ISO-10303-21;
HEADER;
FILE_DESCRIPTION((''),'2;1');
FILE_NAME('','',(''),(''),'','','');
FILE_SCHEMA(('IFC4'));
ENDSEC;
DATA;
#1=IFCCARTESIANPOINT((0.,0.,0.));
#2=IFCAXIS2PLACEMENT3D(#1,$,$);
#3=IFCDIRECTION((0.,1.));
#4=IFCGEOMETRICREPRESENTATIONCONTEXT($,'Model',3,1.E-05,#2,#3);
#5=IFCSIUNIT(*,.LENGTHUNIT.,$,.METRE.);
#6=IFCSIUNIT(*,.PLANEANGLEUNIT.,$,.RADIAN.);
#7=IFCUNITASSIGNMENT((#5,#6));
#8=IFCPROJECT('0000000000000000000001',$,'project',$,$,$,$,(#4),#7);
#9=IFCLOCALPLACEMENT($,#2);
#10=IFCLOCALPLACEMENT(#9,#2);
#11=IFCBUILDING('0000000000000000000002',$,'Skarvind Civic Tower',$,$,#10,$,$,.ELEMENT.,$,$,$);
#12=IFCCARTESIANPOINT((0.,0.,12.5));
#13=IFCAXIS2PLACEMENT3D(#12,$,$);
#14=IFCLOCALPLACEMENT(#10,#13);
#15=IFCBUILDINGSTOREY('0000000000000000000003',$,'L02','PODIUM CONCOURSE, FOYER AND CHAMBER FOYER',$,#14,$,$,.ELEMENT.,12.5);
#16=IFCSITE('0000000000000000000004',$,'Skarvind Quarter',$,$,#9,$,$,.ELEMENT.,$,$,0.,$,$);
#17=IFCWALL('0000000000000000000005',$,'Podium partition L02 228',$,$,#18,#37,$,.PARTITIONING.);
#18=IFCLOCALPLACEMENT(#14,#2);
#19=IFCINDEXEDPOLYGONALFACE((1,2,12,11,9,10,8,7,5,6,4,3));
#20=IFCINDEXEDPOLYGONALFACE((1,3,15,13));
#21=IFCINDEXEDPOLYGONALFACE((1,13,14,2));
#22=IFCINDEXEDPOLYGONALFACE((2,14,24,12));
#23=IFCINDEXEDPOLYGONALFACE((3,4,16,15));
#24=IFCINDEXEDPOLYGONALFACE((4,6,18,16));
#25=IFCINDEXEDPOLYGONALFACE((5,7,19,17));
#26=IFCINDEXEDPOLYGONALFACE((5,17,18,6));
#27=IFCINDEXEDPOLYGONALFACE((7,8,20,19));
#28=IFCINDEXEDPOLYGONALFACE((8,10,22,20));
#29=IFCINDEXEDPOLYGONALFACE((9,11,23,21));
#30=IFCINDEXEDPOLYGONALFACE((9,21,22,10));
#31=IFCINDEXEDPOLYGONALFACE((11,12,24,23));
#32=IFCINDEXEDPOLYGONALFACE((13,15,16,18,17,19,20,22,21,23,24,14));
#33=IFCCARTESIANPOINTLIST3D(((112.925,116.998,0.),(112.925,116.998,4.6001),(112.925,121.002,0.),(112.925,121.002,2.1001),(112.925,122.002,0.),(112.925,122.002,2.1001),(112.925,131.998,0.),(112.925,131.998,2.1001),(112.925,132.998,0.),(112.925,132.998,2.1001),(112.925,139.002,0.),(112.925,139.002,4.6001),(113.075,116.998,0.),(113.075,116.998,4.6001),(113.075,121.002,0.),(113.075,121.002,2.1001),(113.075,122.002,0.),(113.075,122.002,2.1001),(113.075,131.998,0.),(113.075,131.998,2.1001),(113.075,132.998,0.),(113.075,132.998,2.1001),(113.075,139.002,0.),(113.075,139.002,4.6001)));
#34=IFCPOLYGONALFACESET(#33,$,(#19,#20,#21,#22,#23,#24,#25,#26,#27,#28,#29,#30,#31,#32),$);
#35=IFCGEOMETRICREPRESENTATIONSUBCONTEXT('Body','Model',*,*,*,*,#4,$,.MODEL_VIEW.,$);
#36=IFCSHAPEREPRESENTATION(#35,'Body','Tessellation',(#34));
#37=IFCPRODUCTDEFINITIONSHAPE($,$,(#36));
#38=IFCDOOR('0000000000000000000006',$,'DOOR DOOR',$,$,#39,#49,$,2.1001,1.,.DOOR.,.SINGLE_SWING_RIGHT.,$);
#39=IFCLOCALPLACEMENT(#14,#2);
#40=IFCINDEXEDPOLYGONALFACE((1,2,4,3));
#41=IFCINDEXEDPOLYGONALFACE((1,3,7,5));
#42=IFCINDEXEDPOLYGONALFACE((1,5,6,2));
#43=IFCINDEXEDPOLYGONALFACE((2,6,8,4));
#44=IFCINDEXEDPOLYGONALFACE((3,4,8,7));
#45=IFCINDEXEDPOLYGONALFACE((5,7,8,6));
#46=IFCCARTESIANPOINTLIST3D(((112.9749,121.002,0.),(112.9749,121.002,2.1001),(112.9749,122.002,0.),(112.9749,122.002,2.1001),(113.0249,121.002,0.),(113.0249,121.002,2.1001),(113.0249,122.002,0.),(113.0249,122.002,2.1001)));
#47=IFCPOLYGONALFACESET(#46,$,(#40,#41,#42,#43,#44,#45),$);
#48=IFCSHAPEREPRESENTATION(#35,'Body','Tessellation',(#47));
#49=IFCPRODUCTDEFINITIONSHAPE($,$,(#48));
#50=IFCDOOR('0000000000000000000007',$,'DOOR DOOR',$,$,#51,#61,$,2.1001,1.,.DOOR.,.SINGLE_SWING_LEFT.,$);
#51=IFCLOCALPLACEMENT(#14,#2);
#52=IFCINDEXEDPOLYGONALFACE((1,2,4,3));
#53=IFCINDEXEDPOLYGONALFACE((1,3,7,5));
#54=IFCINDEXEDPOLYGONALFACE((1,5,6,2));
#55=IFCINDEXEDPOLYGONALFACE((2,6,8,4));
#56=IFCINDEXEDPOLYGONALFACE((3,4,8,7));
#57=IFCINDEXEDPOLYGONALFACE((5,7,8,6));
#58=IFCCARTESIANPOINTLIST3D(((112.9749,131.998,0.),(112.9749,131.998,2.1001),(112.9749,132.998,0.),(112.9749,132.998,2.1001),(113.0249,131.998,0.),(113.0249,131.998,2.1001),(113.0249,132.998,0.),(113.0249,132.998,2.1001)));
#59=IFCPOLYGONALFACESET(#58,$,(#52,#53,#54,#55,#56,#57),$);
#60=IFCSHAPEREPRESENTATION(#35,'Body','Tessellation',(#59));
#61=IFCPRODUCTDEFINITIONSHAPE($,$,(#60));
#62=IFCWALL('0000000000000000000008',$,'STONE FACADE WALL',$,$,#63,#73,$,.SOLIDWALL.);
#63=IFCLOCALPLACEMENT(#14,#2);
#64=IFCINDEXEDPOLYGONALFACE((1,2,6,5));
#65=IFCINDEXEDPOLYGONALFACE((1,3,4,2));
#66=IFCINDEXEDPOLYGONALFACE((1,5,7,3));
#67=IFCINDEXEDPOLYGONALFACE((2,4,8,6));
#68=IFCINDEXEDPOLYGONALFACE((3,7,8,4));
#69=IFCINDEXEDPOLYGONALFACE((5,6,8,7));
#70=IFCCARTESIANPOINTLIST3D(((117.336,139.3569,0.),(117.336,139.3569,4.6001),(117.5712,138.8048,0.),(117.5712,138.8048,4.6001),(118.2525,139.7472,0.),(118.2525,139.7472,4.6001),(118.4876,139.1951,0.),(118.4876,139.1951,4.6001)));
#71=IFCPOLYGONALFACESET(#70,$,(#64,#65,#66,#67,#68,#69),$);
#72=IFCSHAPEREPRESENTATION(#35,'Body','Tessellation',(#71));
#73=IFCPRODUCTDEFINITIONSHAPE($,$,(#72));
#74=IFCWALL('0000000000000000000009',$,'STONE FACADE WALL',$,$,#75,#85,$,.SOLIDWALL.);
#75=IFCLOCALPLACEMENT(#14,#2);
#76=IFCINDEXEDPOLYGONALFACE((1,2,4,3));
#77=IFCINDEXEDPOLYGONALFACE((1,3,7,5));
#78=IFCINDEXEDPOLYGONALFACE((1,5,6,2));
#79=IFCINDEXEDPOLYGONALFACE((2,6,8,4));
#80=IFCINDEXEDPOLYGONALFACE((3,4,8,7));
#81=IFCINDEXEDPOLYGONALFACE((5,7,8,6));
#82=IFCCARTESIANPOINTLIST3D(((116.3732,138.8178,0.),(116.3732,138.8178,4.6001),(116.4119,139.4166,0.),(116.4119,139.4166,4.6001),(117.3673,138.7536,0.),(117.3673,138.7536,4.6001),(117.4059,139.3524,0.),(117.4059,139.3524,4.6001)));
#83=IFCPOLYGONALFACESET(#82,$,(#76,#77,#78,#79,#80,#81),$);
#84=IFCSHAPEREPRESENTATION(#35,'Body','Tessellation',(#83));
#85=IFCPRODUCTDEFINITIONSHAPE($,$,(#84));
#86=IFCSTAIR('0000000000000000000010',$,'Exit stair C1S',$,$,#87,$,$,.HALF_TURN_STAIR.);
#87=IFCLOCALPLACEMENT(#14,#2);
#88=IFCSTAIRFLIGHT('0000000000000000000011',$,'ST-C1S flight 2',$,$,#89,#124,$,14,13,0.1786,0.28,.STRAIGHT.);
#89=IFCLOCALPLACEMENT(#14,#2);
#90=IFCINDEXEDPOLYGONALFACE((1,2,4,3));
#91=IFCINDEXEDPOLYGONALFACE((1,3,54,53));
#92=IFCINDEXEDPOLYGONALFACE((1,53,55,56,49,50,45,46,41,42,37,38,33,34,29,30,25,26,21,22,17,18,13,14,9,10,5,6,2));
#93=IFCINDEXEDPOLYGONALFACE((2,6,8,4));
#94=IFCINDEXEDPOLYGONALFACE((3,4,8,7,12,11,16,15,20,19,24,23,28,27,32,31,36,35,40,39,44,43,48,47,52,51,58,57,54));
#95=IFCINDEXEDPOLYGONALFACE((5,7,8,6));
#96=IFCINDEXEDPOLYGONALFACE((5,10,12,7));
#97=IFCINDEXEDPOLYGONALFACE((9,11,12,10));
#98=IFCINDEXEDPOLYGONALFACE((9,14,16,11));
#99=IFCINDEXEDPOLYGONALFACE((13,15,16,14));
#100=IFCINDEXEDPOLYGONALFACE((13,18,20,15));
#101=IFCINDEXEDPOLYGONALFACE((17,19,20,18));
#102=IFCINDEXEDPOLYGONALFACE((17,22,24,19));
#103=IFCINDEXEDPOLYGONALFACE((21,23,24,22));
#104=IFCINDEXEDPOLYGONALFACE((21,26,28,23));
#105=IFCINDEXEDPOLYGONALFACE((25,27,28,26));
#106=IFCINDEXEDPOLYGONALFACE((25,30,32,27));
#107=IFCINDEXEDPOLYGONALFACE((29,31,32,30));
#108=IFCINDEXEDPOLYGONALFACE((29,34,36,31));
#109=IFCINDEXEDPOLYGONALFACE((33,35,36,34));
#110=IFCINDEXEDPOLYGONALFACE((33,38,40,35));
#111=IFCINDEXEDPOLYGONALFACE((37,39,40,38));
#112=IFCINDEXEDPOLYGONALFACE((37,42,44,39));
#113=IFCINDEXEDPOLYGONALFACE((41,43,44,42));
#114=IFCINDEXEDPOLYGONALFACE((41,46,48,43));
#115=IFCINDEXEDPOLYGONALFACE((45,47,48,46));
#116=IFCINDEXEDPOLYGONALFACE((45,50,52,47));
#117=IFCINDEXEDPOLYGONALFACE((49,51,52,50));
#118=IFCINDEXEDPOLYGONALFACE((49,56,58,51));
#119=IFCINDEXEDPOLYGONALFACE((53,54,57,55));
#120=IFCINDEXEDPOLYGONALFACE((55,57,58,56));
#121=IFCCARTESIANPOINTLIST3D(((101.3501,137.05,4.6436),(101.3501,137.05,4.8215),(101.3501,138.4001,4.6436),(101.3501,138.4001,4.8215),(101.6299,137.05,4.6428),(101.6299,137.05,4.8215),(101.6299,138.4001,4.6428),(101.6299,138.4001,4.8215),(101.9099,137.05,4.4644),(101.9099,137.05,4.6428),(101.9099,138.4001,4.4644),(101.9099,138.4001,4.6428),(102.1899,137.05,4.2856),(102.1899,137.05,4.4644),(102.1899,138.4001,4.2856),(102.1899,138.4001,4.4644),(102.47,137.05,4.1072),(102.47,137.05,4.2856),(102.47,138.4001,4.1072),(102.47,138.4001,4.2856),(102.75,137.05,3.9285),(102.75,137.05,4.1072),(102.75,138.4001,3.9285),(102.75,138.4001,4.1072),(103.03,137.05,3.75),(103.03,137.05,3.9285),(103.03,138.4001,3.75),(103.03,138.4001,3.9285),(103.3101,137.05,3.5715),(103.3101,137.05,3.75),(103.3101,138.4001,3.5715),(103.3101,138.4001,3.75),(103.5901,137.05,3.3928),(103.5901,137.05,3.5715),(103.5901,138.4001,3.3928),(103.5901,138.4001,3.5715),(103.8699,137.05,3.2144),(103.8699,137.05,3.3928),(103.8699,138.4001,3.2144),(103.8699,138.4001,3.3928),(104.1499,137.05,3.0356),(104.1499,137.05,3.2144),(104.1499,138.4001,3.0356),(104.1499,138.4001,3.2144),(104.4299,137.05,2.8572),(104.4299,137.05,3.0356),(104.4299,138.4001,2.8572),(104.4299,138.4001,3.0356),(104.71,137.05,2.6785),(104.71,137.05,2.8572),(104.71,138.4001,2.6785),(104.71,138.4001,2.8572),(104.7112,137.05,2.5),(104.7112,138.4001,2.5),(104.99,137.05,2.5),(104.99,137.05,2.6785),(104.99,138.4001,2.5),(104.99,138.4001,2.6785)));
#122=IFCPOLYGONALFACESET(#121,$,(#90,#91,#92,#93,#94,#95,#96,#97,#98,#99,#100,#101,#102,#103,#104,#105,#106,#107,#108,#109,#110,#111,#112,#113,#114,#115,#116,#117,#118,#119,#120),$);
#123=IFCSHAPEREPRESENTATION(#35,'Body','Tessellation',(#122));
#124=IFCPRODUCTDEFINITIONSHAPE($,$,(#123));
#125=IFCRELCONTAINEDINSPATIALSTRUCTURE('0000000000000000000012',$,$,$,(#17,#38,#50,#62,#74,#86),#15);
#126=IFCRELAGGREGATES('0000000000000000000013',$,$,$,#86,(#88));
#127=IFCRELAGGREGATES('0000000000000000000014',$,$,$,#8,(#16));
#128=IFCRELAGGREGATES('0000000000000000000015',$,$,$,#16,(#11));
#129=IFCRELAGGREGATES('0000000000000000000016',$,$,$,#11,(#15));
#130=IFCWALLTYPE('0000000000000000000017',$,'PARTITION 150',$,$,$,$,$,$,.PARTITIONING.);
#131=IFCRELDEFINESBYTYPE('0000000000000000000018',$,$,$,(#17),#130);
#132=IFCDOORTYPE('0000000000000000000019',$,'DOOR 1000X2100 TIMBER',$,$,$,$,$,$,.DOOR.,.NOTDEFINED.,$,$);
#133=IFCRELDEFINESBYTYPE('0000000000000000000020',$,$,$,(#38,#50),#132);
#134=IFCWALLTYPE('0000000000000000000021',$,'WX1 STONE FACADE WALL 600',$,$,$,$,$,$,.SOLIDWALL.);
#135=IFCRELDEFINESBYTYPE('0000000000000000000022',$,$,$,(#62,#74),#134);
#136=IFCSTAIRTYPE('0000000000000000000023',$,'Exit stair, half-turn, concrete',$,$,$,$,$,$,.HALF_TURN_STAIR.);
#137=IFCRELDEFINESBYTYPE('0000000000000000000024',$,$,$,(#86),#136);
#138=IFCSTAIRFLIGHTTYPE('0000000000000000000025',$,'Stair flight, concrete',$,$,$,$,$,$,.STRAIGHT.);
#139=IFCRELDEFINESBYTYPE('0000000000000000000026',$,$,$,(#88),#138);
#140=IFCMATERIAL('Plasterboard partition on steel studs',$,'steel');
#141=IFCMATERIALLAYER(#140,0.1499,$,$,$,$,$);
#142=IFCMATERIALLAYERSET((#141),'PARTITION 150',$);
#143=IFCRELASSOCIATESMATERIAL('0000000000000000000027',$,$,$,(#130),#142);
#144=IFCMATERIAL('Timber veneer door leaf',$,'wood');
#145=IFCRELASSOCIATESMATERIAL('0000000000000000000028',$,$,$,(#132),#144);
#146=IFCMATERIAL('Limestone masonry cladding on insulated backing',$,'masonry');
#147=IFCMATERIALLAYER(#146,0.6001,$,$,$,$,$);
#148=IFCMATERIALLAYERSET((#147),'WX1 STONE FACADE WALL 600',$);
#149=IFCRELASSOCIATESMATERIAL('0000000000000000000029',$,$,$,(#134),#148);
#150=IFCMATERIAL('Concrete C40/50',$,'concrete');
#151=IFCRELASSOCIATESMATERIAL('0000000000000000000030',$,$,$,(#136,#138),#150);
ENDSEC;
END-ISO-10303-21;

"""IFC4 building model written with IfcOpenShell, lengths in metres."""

from ifc_helpers import new_model, si_unit, direction, frame, frame_2d, origin, place, context, subcontext, project, spatial, polyline, rectangle, outline, extrude, material, layer, layer_set, type_object, element, fill, aggregate, save


model = new_model("IFC4")

# Units and contexts
model_context = context("Model", 3, precision=1e-05, world=origin(), true_north=direction((0.0, 1.0)))
body_context = subcontext(model_context, "Body", "Model", "MODEL_VIEW")
ifc_project = project(units=[si_unit("LENGTHUNIT", "METRE"), si_unit("PLANEANGLEUNIT", "RADIAN")], contexts=[model_context])

# Site, building, storey
site_placement = place(None, origin())
site = spatial("IfcSite", under=ifc_project, at=site_placement, Name="Skarvind Quarter", CompositionType="ELEMENT", RefElevation=0.0)
building_placement = place(site_placement, origin())
building = spatial("IfcBuilding", under=site, at=building_placement, Name="Skarvind Civic Tower", CompositionType="ELEMENT")
storey_placement = place(building_placement, frame((0.0, 0.0, 12.5)))
storey = spatial("IfcBuildingStorey", under=building, at=storey_placement, Name="L02", Description="PODIUM CONCOURSE, FOYER AND CHAMBER FOYER", CompositionType="ELEMENT", Elevation=12.5)

# Wall, openings, doors
ifc_material_1 = material(Name="Plasterboard partition on steel studs", Category="steel")
ifc_layer_1 = layer(ifc_material_1, 0.1499)
ifc_layer_set_1 = layer_set([ifc_layer_1], Name="PARTITION 150")
wall_type_1 = type_object("IfcWallType", Name="PARTITION 150", PredefinedType="PARTITIONING", material=ifc_layer_set_1)
wall_1_placement = place(storey_placement, frame((113.0, 139.002, 0.0), z_axis=(0.0, 0.0, 1.0), x_axis=(0.0, -1.0, 0.0)))
wall_1 = element("IfcWall", 1, at=wall_1_placement, inside=storey, type_object=wall_type_1, Name="Podium partition L02 228", PredefinedType="PARTITIONING", context=body_context, shape_type="SweptSolid", body=[
    extrude(rectangle(XDim=22.0039, YDim=0.1499, at=frame_2d((11.002, 0.0))), origin(), (0.0, 0.0, 1.0), 4.6001),
])
opening_1_placement = place(wall_1_placement, frame((17.0, 0.0, 0.0)))
opening_1 = element("IfcOpeningElement", 2, at=opening_1_placement, cuts=wall_1, PredefinedType="OPENING", context=body_context, shape_type="SweptSolid", body=[
    extrude(rectangle(XDim=1.0, YDim=2.1001, at=frame_2d((0.5, 1.05))), frame((0.0, 0.085, 0.0), z_axis=(0.0, -1.0, 0.0), x_axis=(1.0, 0.0, 0.0)), (0.0, 0.0, 1.0), 0.1699),
])
opening_2_placement = place(wall_1_placement, frame((6.0039, 0.0, 0.0)))
opening_2 = element("IfcOpeningElement", 3, at=opening_2_placement, cuts=wall_1, PredefinedType="OPENING", context=body_context, shape_type="SweptSolid", body=[
    extrude(rectangle(XDim=1.0, YDim=2.1001, at=frame_2d((0.5, 1.05))), frame((0.0, 0.085, 0.0), z_axis=(0.0, -1.0, 0.0), x_axis=(1.0, 0.0, 0.0)), (0.0, 0.0, 1.0), 0.1699),
])
ifc_material_2 = material(Name="Timber veneer door leaf", Category="wood")
door_type_1 = type_object("IfcDoorType", Name="DOOR 1000X2100 TIMBER", OperationType="NOTDEFINED", PredefinedType="DOOR", material=ifc_material_2)
door_1_placement = place(opening_1_placement, origin())
door_1 = element("IfcDoor", 4, at=door_1_placement, inside=storey, type_object=door_type_1, Name="DOOR DOOR", OperationType="SINGLE_SWING_RIGHT", OverallHeight=2.1001, OverallWidth=1.0, PredefinedType="DOOR", context=body_context, shape_type="SweptSolid", body=[
    extrude(rectangle(XDim=1.0, YDim=2.1001, at=frame_2d((0.5, 1.05))), frame((0.0, 0.0249, 0.0), z_axis=(0.0, -1.0, 0.0), x_axis=(1.0, 0.0, 0.0)), (0.0, 0.0, 1.0), 0.05),
])
fill(opening_1, door_1)
door_2_placement = place(opening_2_placement, origin())
door_2 = element("IfcDoor", 5, at=door_2_placement, inside=storey, type_object=door_type_1, Name="DOOR DOOR", OperationType="SINGLE_SWING_LEFT", OverallHeight=2.1001, OverallWidth=1.0, PredefinedType="DOOR", context=body_context, shape_type="SweptSolid", body=[
    extrude(rectangle(XDim=1.0, YDim=2.1001, at=frame_2d((0.5, 1.05))), frame((0.0, 0.0249, 0.0), z_axis=(0.0, -1.0, 0.0), x_axis=(1.0, 0.0, 0.0)), (0.0, 0.0, 1.0), 0.05),
])
fill(opening_2, door_2)

# Walls
ifc_material_3 = material(Name="Limestone masonry cladding on insulated backing", Category="masonry")
ifc_layer_2 = layer(ifc_material_3, 0.6001)
ifc_layer_set_2 = layer_set([ifc_layer_2], Name="WX1 STONE FACADE WALL 600")
wall_type_2 = type_object("IfcWallType", Name="WX1 STONE FACADE WALL 600", PredefinedType="SOLIDWALL", material=ifc_layer_set_2)
for number, where, z_axis, x_axis, name in (
    (6, (117.4536, 139.0808, 0.0), (0.0, 0.0, 1.0), (0.920017, 0.391877, 0.0), "STONE FACADE WALL"),
    (7, (116.3926, 139.1172, 0.0), (0.0, 0.0, 1.0), (0.997921, -0.064453, 0.0), "STONE FACADE WALL"),
):
    element("IfcWall", number, at=place(storey_placement, frame(where, z_axis=z_axis, x_axis=x_axis)), inside=storey, type_object=wall_type_2, Name=name, PredefinedType="SOLIDWALL", context=body_context, shape_type="SweptSolid", body=[
        extrude(rectangle(XDim=0.9961, YDim=0.6001, at=frame_2d((0.498, 0.0))), origin(), (0.0, 0.0, 1.0), 4.6001),
    ])

# Stair, stair flight
ifc_material_4 = material(Name="Concrete C40/50", Category="concrete")
stair_type = type_object("IfcStairType", Name="Exit stair, half-turn, concrete", PredefinedType="HALF_TURN_STAIR", material=ifc_material_4)
stair_placement = place(storey_placement, origin())
stair = element("IfcStair", 8, at=stair_placement, inside=storey, type_object=stair_type, Name="Exit stair C1S", PredefinedType="HALF_TURN_STAIR")
stair_flight_type = type_object("IfcStairFlightType", Name="Stair flight, concrete", PredefinedType="STRAIGHT", material=ifc_material_4)
stair_flight_placement = place(storey_placement, frame((104.99, 137.7251, 2.5), z_axis=(0.0, 0.0, 1.0), x_axis=(-1.0, 0.0, 0.0)))
stair_flight = element("IfcStairFlight", 9, at=stair_flight_placement, type_object=stair_flight_type, Name="ST-C1S flight 2", NumberOfRisers=14, NumberOfTreads=13, PredefinedType="STRAIGHT", RiserHeight=0.1786, TreadLength=0.28, context=body_context, shape_type="SweptSolid", body=[
    extrude(outline(polyline([(0.0, 0.0), (0.0, 0.1785), (0.28, 0.1785), (0.28, 0.3572), (0.5601, 0.3572), (0.5601, 0.5356), (0.8401, 0.5356), (0.8401, 0.7144), (1.1201, 0.7144), (1.1201, 0.8928), (1.3999, 0.8928), (1.3999, 1.0715), (1.6799, 1.0715), (1.6799, 1.25), (1.96, 1.25), (1.96, 1.4285), (2.24, 1.4285), (2.24, 1.6072), (2.52, 1.6072), (2.52, 1.7856), (2.8, 1.7856), (2.8, 1.9644), (3.0801, 1.9644), (3.0801, 2.1428), (3.3601, 2.1428), (3.3601, 2.3215), (3.6399, 2.3215), (3.6399, 2.5), (3.6399, 2.1436), (0.2788, 0.0), (0.0, 0.0)])), frame((0.0, 0.675, 0.0), z_axis=(0.0, -1.0, 0.0), x_axis=(1.0, 0.0, 0.0)), (0.0, 0.0, 1.0), 1.3501),
])
aggregate(stair, [stair_flight])

save(model, "model.ifc")
